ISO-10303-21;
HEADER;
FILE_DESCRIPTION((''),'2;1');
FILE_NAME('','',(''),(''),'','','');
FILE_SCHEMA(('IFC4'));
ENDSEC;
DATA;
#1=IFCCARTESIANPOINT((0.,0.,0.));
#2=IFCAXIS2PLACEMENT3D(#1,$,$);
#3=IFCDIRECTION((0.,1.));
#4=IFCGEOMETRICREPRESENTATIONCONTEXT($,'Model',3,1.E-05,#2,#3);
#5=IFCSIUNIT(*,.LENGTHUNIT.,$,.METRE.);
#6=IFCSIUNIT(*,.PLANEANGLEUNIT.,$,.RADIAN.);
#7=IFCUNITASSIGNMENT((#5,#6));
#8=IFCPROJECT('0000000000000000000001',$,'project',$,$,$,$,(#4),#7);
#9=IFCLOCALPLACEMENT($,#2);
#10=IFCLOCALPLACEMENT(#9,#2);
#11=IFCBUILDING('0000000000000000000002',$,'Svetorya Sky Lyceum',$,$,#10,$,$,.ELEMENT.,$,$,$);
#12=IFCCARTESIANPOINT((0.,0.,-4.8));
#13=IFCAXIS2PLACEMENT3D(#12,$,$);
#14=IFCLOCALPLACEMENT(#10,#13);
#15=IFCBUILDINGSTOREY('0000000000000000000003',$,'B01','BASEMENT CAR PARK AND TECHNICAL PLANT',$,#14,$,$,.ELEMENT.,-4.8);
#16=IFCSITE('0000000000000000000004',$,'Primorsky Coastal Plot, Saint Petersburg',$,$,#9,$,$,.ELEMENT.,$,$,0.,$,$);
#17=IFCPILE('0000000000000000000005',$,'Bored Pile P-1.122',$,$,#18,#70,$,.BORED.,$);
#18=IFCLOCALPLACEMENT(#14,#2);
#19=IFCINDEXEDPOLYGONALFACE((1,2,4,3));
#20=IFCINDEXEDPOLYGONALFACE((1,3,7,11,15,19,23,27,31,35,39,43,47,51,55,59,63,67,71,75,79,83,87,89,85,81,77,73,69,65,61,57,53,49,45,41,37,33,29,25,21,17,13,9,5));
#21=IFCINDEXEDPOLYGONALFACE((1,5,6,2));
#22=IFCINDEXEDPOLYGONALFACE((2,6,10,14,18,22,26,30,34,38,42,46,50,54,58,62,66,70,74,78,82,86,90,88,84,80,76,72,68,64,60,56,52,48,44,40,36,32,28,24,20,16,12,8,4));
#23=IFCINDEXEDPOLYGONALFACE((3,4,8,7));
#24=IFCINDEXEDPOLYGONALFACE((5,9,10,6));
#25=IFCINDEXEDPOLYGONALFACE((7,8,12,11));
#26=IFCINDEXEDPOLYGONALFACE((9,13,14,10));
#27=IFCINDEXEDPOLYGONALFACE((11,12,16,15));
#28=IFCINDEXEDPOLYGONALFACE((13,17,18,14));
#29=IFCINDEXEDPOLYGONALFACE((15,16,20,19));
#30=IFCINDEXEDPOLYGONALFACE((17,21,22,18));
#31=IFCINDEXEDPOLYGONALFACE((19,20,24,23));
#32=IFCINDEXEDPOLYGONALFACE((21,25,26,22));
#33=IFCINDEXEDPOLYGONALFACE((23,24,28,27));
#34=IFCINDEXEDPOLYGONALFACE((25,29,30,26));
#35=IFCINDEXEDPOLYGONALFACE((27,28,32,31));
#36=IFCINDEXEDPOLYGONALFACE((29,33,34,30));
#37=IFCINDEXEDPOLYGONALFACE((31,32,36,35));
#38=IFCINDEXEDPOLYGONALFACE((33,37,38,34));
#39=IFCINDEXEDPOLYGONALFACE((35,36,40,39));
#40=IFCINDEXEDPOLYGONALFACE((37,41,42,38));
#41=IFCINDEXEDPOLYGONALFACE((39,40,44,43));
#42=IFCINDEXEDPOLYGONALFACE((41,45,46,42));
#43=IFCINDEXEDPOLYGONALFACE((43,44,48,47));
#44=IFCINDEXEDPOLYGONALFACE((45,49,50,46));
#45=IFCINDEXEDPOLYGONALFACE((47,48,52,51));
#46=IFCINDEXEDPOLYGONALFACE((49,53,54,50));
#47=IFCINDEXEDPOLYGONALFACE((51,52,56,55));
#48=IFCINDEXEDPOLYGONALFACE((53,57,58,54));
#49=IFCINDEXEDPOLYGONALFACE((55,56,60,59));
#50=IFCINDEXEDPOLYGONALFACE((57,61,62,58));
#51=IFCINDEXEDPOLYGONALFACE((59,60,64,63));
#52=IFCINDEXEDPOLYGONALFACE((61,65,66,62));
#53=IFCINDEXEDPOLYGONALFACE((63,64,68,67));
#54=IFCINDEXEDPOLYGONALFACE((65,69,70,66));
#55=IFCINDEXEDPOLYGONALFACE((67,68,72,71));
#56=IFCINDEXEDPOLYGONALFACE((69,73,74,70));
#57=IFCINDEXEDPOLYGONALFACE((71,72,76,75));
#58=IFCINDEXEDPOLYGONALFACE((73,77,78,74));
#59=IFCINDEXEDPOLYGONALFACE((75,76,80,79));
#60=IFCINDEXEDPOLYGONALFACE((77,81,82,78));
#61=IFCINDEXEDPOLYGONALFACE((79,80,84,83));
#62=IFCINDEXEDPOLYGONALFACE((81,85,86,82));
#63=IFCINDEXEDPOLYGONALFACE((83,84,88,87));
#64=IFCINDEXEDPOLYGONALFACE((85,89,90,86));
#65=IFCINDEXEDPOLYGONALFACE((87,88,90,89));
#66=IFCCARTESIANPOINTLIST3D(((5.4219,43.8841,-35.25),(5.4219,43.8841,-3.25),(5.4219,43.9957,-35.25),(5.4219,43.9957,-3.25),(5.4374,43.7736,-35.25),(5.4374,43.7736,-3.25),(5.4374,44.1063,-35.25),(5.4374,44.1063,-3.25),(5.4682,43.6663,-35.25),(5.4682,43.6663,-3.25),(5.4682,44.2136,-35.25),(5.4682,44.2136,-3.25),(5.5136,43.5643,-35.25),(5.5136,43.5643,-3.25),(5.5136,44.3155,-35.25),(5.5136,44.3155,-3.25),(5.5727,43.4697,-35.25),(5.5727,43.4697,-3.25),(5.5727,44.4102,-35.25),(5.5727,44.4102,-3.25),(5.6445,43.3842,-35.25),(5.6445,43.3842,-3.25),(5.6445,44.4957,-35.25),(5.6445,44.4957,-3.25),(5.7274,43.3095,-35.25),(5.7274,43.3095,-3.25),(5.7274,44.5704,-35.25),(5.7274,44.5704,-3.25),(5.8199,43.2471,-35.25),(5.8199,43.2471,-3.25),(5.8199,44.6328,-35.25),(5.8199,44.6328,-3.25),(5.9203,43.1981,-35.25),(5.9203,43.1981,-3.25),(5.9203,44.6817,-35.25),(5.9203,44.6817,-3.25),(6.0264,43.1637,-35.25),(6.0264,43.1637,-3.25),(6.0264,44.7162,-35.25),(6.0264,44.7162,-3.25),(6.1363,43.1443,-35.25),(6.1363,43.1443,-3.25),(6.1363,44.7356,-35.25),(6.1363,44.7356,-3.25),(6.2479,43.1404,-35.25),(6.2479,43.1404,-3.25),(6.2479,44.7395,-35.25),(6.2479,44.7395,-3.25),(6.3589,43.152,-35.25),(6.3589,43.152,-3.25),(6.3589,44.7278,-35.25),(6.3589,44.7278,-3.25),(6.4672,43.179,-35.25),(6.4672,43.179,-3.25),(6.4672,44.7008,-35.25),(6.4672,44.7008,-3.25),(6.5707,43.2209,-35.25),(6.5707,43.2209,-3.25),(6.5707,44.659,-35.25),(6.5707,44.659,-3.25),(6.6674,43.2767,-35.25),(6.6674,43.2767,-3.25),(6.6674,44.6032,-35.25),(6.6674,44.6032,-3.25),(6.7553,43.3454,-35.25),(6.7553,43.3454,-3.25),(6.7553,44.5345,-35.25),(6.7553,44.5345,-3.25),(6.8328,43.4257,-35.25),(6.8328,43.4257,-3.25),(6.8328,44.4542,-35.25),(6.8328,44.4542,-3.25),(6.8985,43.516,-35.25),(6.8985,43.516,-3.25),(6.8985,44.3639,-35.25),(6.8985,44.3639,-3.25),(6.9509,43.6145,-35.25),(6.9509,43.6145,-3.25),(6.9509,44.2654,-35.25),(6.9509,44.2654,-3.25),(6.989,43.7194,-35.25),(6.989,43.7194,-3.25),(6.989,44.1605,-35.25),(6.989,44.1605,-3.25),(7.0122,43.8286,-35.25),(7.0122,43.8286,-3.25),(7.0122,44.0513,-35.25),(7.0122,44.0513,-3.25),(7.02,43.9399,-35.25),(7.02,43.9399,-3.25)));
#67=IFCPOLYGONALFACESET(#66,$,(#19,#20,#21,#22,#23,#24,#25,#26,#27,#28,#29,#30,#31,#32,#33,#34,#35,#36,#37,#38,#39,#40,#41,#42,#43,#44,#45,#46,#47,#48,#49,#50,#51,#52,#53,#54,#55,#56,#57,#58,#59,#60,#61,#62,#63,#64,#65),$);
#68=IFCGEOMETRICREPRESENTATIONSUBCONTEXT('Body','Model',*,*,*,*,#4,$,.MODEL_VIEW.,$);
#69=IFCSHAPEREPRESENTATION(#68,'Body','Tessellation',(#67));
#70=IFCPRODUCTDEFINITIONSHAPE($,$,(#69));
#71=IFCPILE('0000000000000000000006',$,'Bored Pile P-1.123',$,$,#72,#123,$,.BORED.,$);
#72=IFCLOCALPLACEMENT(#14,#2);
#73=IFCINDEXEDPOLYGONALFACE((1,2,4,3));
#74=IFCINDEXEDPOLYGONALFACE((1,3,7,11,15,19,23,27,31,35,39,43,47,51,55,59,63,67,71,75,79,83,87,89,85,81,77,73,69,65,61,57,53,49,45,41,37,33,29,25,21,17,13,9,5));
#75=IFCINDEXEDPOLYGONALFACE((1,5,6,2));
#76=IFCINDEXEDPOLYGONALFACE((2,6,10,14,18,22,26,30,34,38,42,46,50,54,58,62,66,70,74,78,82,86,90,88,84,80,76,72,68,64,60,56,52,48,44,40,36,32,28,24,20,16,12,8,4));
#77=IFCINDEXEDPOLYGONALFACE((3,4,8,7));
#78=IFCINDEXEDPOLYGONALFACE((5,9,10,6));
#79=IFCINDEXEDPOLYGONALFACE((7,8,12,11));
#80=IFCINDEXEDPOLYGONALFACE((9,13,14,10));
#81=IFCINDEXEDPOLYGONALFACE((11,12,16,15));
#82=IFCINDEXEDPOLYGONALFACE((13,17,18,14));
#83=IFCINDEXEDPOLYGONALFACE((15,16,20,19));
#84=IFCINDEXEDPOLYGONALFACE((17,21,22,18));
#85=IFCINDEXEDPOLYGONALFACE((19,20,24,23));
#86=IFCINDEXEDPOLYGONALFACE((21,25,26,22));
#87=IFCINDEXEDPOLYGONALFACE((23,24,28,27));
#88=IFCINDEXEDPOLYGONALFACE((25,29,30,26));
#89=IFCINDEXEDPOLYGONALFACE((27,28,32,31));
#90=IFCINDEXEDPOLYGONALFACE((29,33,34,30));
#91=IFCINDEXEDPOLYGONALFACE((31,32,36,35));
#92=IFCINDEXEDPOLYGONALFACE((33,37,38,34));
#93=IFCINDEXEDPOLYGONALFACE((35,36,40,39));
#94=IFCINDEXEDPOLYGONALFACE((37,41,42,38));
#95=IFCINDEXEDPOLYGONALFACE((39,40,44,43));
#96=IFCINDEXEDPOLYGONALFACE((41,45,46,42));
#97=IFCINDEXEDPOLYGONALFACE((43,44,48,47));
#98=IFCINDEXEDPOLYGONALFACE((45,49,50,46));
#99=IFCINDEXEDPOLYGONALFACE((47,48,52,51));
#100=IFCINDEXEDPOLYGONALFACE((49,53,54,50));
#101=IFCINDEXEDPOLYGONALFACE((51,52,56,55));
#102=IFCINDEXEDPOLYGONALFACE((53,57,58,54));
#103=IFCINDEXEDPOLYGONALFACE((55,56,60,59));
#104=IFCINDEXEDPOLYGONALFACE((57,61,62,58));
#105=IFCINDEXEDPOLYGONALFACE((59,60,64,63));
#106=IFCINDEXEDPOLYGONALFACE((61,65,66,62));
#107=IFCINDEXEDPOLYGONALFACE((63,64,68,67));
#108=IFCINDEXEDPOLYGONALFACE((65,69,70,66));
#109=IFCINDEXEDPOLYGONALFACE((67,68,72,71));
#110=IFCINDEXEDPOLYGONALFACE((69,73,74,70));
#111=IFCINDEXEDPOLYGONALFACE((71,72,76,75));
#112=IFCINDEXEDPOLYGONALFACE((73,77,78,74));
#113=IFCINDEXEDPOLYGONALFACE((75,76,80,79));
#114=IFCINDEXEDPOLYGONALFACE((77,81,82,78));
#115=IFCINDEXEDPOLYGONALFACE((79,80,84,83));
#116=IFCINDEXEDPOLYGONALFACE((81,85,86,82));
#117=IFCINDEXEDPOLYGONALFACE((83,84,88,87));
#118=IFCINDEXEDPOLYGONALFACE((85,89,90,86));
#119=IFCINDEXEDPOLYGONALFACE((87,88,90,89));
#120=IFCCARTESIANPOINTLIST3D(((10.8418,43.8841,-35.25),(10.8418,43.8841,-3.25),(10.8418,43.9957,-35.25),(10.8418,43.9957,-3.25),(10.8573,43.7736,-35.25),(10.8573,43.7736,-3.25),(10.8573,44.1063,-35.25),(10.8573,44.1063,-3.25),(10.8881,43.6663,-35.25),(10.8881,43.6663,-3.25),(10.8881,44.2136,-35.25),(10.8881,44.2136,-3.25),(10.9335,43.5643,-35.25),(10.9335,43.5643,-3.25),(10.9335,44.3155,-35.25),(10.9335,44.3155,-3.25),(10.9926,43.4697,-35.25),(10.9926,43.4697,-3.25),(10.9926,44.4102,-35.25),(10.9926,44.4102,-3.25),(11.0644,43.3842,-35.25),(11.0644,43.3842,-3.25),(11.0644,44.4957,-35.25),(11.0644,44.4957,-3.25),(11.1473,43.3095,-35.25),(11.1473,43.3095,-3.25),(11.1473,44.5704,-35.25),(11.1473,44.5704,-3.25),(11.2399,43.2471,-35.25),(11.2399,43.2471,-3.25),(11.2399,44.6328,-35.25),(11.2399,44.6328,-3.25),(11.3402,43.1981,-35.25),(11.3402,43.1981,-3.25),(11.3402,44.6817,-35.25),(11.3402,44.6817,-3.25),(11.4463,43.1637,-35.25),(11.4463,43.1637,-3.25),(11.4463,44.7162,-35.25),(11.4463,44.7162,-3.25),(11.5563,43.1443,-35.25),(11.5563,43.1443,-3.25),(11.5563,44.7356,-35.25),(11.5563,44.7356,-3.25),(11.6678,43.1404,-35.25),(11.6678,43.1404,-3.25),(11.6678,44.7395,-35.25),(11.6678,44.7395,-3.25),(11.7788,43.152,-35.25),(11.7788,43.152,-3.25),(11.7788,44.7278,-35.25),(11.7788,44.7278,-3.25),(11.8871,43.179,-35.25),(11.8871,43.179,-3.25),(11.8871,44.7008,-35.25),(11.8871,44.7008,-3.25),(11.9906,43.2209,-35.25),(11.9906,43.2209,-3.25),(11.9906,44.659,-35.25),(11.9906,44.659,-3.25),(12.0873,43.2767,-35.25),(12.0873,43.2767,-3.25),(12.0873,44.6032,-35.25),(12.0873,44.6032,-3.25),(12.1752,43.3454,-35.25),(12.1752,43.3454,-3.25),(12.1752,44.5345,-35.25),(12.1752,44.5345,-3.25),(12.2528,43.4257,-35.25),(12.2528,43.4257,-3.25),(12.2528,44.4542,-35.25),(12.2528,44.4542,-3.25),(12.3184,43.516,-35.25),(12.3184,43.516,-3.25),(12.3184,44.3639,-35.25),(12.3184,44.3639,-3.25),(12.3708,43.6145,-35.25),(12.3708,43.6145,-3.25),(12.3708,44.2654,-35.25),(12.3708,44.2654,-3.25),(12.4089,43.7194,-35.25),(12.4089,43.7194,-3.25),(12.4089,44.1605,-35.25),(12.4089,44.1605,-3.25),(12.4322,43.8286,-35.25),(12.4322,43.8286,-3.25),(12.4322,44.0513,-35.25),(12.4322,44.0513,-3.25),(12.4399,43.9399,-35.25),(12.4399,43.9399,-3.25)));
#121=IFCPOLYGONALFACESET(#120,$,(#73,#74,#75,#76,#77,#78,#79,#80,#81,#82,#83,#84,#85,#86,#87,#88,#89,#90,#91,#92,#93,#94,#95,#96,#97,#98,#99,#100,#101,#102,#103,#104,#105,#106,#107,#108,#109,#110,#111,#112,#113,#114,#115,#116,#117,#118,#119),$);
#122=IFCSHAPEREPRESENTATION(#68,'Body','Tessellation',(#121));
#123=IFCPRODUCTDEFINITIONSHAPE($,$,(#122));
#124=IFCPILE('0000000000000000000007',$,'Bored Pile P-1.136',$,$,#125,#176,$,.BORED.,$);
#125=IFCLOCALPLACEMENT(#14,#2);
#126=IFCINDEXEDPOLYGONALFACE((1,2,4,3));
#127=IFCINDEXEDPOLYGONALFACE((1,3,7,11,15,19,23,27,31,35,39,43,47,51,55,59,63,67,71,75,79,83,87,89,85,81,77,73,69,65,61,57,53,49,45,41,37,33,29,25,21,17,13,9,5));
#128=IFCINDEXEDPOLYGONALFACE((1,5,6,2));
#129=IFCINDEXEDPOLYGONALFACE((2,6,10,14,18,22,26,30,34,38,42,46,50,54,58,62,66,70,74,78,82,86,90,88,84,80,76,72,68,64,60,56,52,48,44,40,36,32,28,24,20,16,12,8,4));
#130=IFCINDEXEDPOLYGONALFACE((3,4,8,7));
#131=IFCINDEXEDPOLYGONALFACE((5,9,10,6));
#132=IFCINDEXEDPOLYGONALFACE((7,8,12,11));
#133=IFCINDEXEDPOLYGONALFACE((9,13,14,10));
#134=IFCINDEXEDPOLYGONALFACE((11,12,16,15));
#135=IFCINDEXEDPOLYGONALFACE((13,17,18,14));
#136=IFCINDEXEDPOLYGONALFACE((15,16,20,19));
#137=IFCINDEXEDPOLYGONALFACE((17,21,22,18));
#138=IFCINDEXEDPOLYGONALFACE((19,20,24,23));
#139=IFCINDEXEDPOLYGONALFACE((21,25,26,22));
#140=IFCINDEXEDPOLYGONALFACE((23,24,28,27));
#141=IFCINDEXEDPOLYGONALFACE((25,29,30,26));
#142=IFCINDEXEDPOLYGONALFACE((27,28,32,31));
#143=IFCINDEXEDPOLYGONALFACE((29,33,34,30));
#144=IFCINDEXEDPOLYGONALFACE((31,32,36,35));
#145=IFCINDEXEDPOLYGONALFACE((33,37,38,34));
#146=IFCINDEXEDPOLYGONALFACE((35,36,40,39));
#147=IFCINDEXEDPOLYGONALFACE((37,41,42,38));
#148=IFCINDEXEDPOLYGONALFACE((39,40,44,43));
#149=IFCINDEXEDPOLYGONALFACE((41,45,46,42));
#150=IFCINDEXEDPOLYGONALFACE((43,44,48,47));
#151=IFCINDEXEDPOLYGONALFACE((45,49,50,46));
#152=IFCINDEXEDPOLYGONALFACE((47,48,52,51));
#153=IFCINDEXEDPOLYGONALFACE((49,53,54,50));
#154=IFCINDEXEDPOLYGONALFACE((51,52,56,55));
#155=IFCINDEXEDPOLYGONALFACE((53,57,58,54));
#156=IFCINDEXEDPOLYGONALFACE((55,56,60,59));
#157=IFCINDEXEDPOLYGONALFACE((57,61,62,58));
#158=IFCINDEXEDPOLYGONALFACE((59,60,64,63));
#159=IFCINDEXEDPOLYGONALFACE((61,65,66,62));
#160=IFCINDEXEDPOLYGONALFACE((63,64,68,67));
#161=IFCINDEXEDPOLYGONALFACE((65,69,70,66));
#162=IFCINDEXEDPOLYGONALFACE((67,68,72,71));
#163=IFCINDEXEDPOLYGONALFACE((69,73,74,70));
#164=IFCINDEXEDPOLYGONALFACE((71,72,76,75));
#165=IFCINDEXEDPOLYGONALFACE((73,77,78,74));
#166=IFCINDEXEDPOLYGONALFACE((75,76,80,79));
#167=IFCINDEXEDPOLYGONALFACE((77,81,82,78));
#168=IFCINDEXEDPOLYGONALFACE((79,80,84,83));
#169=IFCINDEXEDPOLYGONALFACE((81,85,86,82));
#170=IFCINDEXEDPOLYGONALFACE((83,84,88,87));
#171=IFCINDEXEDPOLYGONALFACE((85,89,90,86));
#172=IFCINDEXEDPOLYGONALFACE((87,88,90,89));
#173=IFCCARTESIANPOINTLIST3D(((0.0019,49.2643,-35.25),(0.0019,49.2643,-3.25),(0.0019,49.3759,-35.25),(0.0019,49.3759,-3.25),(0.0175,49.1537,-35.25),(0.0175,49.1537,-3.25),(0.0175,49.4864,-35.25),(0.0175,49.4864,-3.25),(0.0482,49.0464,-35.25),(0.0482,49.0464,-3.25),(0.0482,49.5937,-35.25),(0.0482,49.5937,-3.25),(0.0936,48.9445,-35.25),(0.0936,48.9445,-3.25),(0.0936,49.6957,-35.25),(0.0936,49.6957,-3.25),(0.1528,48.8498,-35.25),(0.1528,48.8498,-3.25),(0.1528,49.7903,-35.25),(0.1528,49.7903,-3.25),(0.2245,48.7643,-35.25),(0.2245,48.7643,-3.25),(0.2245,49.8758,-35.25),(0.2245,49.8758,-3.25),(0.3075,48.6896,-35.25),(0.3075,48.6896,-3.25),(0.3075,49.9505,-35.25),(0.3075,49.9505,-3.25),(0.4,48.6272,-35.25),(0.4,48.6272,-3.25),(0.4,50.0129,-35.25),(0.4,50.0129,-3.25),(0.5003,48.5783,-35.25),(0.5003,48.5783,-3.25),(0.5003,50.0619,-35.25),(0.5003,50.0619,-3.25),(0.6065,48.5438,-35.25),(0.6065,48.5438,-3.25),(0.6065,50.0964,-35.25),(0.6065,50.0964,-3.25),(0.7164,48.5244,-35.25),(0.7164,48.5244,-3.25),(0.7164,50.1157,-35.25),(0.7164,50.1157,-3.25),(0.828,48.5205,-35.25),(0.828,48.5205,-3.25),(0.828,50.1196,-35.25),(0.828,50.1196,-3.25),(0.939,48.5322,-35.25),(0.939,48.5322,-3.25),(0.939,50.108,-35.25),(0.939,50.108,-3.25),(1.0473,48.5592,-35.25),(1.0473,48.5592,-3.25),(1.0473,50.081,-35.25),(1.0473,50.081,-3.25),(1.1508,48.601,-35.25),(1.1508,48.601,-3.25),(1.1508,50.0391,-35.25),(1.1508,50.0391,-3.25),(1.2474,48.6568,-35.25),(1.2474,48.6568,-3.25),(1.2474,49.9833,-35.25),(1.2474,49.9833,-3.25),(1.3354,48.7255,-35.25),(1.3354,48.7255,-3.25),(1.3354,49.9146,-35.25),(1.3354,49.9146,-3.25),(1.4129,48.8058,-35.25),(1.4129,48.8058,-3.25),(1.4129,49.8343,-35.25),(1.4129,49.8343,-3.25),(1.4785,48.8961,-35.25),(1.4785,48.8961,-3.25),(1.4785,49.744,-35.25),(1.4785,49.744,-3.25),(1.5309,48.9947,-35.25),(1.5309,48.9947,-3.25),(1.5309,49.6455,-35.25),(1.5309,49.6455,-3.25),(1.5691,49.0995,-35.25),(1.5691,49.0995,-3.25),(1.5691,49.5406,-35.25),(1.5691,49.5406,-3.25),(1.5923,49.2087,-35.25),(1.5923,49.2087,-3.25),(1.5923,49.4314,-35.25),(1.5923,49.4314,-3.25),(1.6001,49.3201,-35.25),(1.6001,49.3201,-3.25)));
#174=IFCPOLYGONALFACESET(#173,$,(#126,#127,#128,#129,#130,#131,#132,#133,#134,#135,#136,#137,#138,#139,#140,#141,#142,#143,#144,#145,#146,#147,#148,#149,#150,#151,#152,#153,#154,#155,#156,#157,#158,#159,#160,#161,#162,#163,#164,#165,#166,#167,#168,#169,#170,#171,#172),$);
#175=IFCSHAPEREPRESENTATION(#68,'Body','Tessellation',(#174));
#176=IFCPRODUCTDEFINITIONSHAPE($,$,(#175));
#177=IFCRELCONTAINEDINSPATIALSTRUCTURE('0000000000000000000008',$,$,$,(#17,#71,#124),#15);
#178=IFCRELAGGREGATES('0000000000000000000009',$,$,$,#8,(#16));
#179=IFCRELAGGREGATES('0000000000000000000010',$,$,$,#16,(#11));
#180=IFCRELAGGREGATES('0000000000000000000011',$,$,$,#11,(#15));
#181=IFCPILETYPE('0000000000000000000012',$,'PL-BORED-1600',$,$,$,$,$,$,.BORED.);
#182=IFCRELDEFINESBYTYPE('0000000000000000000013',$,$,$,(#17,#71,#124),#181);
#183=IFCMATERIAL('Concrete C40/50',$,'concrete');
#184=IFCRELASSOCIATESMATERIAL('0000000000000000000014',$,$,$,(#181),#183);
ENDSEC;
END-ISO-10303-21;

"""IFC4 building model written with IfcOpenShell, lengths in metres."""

from ifc_helpers import new_model, si_unit, direction, frame, origin, origin_2d, place, context, subcontext, project, spatial, circle, extrude, material, material_profile, profile_set, type_object, element, save


model = new_model("IFC4")

# Units and contexts
model_context = context("Model", 3, precision=1e-05, world=origin(), true_north=direction((0.0, 1.0)))
body_context = subcontext(model_context, "Body", "Model", "MODEL_VIEW")
ifc_project = project(units=[si_unit("LENGTHUNIT", "METRE"), si_unit("PLANEANGLEUNIT", "RADIAN")], contexts=[model_context])

# Site, building, storey
site_placement = place(None, origin())
site = spatial("IfcSite", under=ifc_project, at=site_placement, Name="Primorsky Coastal Plot, Saint Petersburg", CompositionType="ELEMENT", RefElevation=0.0)
building_placement = place(site_placement, origin())
building = spatial("IfcBuilding", under=site, at=building_placement, Name="Svetorya Sky Lyceum", CompositionType="ELEMENT")
storey_placement = place(building_placement, frame((0.0, 0.0, -4.8)))
storey = spatial("IfcBuildingStorey", under=building, at=storey_placement, Name="B01", Description="BASEMENT CAR PARK AND TECHNICAL PLANT", CompositionType="ELEMENT", Elevation=-4.8)

# Piles
ifc_material_1 = material(Name="Concrete C40/50", Category="concrete")
ifc_material_profile_1 = material_profile(ifc_material_1, circle(Radius=0.8, at=origin_2d()), Name="RC PILE D1600")
ifc_profile_set_1 = profile_set([ifc_material_profile_1], Name="Concrete C40/50")
pile_type = type_object("IfcPileType", Name="PL-BORED-1600", PredefinedType="BORED", material=ifc_profile_set_1)
for number, where, z_axis, x_axis, name in (
    (1, (6.22, 43.9399, -3.25), (0.0, 0.0, -1.0), (1.0, 0.0, 0.0), "Bored Pile P-1.122"),
    (2, (11.6399, 43.9399, -3.25), (0.0, 0.0, -1.0), (1.0, 0.0, 0.0), "Bored Pile P-1.123"),
    (3, (0.8, 49.3201, -3.25), (0.0, 0.0, -1.0), (1.0, 0.0, 0.0), "Bored Pile P-1.136"),
):
    element("IfcPile", number, at=place(storey_placement, frame(where, z_axis=z_axis, x_axis=x_axis)), inside=storey, type_object=pile_type, Name=name, PredefinedType="BORED", context=body_context, shape_type="SweptSolid", body=[
        extrude(circle(Radius=0.8, at=origin_2d()), origin(), (0.0, 0.0, 1.0), 32.0),
    ])

save(model, "model.ifc")
